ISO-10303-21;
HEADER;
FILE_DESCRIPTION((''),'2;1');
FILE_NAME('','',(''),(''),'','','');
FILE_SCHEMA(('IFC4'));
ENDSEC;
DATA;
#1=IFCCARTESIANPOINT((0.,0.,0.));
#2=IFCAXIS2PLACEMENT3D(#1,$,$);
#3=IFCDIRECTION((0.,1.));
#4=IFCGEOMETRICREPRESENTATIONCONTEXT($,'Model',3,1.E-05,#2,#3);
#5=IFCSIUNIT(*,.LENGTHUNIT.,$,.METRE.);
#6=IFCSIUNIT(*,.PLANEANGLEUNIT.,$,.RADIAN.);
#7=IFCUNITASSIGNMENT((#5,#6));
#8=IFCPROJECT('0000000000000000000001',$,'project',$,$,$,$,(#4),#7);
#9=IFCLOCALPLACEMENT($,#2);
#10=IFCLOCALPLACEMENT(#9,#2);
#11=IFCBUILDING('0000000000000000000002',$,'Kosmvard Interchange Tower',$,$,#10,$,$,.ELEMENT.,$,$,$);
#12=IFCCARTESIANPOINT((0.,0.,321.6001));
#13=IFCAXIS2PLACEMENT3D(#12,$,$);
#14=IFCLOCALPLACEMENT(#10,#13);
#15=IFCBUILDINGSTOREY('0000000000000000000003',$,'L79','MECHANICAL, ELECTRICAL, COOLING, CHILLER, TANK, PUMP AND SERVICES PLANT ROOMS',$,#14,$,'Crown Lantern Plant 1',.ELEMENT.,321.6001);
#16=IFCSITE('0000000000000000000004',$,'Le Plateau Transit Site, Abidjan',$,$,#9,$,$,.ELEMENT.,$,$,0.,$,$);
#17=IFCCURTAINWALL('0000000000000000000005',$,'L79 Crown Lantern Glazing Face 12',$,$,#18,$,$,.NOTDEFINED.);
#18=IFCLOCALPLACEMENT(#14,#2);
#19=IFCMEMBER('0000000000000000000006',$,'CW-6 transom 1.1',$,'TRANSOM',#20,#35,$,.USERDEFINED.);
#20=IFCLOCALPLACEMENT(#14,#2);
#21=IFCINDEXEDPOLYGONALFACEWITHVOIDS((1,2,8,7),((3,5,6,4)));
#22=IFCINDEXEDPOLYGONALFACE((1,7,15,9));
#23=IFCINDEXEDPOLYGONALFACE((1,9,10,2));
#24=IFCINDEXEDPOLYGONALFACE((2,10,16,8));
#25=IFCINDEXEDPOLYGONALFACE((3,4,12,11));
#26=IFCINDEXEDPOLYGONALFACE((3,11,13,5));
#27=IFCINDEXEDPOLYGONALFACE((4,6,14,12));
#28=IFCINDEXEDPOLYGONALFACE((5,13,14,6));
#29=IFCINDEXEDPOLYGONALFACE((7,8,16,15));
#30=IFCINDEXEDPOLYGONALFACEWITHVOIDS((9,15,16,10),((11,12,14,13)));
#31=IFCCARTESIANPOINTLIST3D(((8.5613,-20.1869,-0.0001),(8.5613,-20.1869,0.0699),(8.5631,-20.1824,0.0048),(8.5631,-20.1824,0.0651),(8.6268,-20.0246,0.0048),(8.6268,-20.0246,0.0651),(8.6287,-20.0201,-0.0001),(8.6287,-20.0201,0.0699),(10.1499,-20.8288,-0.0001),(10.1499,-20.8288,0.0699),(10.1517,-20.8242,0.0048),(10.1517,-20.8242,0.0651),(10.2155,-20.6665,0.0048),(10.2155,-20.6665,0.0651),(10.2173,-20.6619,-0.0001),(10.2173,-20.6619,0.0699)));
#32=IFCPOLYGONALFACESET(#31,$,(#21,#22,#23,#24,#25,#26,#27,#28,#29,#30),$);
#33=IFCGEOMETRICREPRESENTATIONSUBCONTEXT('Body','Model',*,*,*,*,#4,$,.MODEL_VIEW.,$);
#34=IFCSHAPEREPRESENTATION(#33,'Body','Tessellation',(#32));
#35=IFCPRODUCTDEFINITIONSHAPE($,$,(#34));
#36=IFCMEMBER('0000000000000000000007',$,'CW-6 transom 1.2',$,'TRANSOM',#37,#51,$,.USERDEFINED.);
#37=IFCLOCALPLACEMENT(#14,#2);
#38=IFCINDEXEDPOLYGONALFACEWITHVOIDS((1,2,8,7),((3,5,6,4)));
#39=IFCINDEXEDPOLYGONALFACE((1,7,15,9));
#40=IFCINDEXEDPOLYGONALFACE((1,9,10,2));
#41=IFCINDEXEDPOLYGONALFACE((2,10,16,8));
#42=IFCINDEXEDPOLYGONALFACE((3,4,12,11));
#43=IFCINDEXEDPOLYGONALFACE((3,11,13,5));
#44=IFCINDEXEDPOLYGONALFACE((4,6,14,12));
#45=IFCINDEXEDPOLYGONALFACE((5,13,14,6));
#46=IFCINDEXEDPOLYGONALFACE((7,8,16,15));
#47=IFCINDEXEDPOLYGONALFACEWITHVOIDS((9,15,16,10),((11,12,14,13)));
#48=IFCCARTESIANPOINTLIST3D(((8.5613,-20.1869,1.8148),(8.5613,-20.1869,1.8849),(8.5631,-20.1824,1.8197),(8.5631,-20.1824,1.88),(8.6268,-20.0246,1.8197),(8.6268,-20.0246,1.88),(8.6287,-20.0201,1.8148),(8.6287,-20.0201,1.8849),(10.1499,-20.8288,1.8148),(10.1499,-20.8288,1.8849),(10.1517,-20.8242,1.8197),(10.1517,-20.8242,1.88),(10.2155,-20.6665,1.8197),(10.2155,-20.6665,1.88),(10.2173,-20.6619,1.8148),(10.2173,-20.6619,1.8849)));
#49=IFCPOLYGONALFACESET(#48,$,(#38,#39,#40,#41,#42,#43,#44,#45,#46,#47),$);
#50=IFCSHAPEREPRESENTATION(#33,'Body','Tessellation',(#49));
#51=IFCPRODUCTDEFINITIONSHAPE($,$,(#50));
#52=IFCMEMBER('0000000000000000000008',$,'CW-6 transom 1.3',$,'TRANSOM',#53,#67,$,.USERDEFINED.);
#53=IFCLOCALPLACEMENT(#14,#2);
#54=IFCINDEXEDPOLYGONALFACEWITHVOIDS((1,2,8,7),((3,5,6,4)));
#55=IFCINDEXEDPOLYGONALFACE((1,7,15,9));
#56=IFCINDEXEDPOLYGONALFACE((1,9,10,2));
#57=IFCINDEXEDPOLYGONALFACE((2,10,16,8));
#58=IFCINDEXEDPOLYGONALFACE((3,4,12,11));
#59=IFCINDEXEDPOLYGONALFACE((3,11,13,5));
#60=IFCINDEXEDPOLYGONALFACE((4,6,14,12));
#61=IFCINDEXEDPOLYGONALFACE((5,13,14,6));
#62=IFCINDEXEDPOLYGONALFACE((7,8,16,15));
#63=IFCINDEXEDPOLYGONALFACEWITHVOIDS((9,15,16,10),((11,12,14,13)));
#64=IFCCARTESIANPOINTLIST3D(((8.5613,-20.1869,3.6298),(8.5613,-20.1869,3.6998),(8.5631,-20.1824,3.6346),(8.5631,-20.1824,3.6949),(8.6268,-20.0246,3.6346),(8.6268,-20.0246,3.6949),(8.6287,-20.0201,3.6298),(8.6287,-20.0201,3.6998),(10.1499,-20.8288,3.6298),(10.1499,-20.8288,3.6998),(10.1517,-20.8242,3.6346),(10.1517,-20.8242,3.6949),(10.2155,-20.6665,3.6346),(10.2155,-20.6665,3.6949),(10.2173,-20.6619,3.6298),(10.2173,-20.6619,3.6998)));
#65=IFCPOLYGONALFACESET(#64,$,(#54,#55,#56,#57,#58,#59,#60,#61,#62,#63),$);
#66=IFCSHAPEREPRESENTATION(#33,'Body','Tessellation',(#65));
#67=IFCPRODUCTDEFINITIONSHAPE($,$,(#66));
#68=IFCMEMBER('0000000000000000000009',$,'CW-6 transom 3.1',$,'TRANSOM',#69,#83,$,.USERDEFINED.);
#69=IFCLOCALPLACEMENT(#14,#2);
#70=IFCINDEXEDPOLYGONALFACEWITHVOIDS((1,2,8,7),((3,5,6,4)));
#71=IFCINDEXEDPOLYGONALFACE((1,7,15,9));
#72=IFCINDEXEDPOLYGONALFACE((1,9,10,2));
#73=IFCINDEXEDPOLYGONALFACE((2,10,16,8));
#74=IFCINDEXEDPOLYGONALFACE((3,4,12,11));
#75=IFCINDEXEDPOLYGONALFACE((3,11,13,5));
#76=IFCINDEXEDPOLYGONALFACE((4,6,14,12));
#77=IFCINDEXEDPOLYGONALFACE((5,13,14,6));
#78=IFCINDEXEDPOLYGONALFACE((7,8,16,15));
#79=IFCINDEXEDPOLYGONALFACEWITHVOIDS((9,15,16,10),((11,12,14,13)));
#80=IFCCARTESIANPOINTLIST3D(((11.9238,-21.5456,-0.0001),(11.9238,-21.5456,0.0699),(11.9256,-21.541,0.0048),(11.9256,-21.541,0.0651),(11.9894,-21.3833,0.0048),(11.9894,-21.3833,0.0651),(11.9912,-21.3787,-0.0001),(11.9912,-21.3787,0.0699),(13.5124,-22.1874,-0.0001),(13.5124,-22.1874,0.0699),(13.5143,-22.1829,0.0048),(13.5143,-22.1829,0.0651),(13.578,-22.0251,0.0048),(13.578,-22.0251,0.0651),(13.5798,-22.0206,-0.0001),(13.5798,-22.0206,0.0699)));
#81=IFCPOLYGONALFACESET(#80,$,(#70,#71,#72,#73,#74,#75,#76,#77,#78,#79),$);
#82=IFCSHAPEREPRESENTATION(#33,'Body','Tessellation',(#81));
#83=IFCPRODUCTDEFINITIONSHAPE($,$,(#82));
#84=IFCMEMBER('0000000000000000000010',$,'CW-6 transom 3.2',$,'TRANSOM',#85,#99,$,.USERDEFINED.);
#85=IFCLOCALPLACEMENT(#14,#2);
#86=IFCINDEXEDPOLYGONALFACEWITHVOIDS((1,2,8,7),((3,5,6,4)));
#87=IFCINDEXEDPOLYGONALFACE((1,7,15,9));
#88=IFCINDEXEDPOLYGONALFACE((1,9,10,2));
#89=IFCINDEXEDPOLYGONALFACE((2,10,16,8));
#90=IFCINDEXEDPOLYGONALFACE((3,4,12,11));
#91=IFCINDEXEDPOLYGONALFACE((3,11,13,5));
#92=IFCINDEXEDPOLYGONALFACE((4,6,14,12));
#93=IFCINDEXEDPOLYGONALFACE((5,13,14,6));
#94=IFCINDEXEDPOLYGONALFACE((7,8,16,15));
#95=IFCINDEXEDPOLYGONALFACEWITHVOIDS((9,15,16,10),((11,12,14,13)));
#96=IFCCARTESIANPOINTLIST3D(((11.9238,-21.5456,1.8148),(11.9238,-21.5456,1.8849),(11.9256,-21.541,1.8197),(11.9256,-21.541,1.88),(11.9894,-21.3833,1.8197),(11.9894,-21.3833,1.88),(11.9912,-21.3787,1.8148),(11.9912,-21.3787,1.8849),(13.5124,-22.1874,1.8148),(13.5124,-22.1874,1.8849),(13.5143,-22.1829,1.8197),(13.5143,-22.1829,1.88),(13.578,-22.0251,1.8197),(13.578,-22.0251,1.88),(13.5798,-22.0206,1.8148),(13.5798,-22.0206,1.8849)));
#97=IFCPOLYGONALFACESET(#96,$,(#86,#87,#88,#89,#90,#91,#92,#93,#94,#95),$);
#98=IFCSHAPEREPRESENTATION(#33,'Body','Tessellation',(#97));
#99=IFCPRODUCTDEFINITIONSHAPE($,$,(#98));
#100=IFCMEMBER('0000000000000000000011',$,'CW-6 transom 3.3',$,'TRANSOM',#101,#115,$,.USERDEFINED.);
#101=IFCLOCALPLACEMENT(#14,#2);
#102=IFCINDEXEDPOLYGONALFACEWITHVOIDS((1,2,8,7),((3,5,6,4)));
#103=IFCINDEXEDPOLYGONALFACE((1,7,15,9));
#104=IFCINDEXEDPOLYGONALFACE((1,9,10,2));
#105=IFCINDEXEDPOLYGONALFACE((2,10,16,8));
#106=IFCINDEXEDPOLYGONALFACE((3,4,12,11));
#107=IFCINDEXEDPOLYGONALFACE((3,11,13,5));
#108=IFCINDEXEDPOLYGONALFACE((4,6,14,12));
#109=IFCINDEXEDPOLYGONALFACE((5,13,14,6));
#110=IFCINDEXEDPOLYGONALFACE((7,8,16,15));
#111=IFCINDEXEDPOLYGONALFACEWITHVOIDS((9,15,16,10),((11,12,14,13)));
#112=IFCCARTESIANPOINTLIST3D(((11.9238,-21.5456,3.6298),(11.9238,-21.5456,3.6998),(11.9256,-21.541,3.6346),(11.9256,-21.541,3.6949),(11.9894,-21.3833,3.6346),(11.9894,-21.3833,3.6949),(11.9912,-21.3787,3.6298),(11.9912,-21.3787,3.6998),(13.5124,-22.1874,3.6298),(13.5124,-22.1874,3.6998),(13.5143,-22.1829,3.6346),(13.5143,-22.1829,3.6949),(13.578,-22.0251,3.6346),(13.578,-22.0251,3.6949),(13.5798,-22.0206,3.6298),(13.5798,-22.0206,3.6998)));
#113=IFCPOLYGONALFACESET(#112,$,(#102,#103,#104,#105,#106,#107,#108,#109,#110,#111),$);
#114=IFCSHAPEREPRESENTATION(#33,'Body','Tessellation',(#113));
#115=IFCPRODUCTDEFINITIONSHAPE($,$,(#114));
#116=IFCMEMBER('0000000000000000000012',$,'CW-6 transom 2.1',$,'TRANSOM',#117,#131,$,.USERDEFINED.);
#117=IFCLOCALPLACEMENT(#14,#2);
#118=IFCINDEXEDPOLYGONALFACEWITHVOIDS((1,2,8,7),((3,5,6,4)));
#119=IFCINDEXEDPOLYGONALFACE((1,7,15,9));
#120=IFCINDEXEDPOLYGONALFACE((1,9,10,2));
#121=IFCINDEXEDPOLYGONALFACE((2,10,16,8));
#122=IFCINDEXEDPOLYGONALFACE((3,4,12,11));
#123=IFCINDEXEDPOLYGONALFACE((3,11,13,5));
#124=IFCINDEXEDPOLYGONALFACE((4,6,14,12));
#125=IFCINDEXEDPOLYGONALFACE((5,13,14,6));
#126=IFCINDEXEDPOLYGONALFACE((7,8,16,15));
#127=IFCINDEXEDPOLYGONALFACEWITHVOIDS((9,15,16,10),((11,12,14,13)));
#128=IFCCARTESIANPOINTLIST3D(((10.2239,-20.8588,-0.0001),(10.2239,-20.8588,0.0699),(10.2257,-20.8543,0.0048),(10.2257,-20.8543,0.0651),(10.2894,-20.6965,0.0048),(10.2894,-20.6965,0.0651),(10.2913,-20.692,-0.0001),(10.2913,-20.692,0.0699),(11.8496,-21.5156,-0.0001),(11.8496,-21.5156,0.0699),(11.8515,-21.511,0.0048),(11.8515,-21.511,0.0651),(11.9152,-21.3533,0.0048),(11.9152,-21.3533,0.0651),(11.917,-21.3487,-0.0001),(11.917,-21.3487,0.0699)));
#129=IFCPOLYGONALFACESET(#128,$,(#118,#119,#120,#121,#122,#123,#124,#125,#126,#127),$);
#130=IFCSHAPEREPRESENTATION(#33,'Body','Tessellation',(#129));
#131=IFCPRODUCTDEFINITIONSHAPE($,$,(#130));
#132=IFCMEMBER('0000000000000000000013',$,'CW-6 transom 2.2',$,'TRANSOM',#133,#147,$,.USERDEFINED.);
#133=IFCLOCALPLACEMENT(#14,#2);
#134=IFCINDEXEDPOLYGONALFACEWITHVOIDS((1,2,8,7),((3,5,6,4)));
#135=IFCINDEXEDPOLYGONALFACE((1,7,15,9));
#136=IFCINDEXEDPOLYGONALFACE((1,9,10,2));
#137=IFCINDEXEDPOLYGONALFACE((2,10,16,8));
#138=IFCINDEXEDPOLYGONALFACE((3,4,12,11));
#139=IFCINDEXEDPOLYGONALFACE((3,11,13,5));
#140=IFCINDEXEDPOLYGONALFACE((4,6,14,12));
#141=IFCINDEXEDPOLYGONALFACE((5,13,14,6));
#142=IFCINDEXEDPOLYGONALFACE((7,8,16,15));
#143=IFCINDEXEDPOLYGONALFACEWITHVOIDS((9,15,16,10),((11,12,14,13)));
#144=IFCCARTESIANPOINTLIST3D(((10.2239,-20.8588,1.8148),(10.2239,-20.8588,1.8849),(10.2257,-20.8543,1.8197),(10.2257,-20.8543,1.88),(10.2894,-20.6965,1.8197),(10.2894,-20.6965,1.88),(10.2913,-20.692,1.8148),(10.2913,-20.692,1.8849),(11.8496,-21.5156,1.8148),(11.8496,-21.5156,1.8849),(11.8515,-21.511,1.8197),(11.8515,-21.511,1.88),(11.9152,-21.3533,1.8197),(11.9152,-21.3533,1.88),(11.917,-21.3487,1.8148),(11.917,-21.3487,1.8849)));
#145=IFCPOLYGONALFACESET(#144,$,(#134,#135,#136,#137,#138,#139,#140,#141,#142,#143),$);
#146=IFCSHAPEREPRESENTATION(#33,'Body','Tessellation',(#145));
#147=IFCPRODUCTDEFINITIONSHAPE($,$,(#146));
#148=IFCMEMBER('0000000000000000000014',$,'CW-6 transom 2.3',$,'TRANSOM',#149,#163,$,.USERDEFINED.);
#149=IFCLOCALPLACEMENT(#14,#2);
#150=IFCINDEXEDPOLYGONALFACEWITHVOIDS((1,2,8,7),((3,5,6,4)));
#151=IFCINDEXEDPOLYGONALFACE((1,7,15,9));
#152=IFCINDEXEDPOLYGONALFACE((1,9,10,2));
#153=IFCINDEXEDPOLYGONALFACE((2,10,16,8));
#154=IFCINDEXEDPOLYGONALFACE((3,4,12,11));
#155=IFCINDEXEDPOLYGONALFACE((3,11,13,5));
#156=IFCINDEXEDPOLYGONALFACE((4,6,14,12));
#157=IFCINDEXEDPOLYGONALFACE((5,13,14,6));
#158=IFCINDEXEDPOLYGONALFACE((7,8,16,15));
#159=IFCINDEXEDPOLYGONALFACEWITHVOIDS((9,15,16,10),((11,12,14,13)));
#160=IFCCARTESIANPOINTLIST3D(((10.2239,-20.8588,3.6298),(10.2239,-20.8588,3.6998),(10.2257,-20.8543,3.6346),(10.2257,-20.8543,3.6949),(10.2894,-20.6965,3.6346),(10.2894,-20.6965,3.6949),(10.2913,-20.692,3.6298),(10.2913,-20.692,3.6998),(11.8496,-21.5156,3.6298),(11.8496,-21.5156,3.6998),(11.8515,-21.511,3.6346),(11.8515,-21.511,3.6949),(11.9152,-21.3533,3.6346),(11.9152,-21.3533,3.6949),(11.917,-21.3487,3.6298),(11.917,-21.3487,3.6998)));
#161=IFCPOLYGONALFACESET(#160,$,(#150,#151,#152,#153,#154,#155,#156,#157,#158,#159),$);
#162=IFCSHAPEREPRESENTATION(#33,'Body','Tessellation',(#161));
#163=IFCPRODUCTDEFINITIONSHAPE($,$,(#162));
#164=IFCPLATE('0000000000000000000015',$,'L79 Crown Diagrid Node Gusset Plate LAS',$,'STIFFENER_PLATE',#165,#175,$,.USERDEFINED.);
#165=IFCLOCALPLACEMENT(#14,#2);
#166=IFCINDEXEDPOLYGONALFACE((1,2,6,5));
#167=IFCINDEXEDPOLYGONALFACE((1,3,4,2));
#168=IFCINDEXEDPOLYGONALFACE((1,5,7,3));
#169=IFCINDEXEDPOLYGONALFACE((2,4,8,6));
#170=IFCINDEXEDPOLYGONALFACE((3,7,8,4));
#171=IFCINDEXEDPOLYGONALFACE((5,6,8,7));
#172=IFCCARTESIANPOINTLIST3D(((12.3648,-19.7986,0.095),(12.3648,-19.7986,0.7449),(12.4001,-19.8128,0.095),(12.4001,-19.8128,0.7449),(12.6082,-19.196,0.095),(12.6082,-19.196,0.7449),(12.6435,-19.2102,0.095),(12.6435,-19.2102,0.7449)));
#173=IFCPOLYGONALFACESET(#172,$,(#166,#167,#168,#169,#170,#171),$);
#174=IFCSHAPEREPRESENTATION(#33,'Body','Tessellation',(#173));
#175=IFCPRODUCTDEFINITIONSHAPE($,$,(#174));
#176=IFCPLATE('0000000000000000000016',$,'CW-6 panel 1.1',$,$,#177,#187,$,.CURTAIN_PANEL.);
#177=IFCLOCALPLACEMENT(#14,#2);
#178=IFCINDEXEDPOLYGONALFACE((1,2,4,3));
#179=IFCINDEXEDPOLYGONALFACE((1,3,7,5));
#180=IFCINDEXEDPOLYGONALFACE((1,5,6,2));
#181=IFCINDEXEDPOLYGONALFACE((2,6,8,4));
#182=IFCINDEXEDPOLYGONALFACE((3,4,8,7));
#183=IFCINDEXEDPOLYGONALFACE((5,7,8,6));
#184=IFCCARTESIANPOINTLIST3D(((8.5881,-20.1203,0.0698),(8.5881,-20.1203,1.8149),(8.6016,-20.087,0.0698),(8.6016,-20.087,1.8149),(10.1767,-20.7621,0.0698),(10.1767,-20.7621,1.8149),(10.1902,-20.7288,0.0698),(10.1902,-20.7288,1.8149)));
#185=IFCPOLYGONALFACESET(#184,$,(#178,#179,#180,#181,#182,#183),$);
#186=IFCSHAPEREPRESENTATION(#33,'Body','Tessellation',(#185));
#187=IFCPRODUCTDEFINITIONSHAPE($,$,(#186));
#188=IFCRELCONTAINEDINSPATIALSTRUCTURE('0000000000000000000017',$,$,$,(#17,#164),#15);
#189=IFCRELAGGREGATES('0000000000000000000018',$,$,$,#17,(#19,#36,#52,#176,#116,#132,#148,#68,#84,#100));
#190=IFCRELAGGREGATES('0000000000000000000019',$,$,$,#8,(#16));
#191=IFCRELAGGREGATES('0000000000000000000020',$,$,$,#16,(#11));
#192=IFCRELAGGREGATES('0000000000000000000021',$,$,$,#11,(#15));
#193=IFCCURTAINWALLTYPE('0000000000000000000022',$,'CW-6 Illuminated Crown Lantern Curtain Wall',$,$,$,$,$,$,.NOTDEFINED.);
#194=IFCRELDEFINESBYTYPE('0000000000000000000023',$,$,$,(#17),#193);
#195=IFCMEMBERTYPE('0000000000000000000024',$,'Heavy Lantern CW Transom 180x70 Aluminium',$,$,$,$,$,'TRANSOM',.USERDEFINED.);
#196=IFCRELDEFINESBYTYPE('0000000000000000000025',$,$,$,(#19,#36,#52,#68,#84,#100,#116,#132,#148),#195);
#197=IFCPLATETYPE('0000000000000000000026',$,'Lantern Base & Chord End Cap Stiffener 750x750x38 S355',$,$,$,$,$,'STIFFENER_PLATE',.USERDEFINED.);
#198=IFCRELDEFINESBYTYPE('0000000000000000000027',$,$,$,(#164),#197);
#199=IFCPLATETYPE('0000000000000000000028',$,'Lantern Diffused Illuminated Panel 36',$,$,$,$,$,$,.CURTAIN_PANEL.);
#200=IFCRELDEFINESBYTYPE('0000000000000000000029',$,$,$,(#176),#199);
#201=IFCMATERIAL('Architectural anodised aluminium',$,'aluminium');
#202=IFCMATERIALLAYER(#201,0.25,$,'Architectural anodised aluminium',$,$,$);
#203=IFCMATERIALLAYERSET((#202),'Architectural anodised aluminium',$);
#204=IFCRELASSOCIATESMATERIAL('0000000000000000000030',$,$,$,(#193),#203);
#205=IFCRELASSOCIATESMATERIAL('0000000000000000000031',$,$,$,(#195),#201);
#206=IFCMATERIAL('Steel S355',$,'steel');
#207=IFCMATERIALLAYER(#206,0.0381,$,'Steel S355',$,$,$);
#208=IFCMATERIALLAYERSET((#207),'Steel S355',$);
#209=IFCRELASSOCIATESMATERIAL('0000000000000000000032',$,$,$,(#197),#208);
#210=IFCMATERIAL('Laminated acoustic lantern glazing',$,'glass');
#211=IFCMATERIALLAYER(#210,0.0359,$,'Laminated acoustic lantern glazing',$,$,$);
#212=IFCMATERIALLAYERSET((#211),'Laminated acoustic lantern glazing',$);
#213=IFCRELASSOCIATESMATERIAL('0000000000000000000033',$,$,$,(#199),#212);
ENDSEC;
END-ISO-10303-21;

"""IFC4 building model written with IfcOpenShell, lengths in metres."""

from ifc_helpers import new_model, si_unit, direction, frame, origin, origin_2d, place, context, subcontext, project, spatial, rectangle, hollow_rectangle, extrude, source, transform, mapped, material, layer, layer_set, material_profile, profile_set, type_object, element, aggregate, save


model = new_model("IFC4")

# Units and contexts
model_context = context("Model", 3, precision=1e-05, world=origin(), true_north=direction((0.0, 1.0)))
body_context = subcontext(model_context, "Body", "Model", "MODEL_VIEW")
ifc_project = project(units=[si_unit("LENGTHUNIT", "METRE"), si_unit("PLANEANGLEUNIT", "RADIAN")], contexts=[model_context])

# Site, building, storey
site_placement = place(None, origin())
site = spatial("IfcSite", under=ifc_project, at=site_placement, Name="Le Plateau Transit Site, Abidjan", CompositionType="ELEMENT", RefElevation=0.0)
building_placement = place(site_placement, origin())
building = spatial("IfcBuilding", under=site, at=building_placement, Name="Kosmvard Interchange Tower", CompositionType="ELEMENT")
storey_placement = place(building_placement, frame((0.0, 0.0, 321.6001)))
storey = spatial("IfcBuildingStorey", under=building, at=storey_placement, Name="L79", Description="MECHANICAL, ELECTRICAL, COOLING, CHILLER, TANK, PUMP AND SERVICES PLANT ROOMS", LongName="Crown Lantern Plant 1", CompositionType="ELEMENT", Elevation=321.6001)

# Shared definitions
ifc_material_1 = material(Name="Steel S355", Category="steel")

# Curtain wall, members
ifc_material_2 = material(Name="Architectural anodised aluminium", Category="aluminium")
ifc_layer_1 = layer(ifc_material_2, 0.25, Name="Architectural anodised aluminium")
ifc_layer_set_1 = layer_set([ifc_layer_1], Name="Architectural anodised aluminium")
curtain_wall_type = type_object("IfcCurtainWallType", Name="CW-6 Illuminated Crown Lantern Curtain Wall", PredefinedType="NOTDEFINED", material=ifc_layer_set_1)
curtain_wall_placement = place(storey_placement, origin())
curtain_wall = element("IfcCurtainWall", 1, at=curtain_wall_placement, inside=storey, type_object=curtain_wall_type, Name="L79 Crown Lantern Glazing Face 12", PredefinedType="NOTDEFINED")
ifc_material_profile_1 = material_profile(ifc_material_2, hollow_rectangle(XDim=0.1799, YDim=0.0701, WallThickness=0.0049, at=origin_2d()), Name="CWT 180x70x5")
ifc_profile_set_1 = profile_set([ifc_material_profile_1], Name="Architectural anodised aluminium")
member_type_1 = type_object("IfcMemberType", Name="Heavy Lantern CW Transom 180x70 Aluminium", ElementType="TRANSOM", PredefinedType="USERDEFINED", material=ifc_profile_set_1)
shared_shape_1 = source(origin(), body_context, "Body", "SweptSolid", [
    extrude(hollow_rectangle(XDim=0.1799, YDim=0.0701, WallThickness=0.0049, at=origin_2d()), origin(), (0.0, 0.0, 1.0), 1.7134),
])
member_1_placement = place(storey_placement, frame((8.595, -20.1035, 0.0349), z_axis=(0.927184, -0.374607, 0.0), x_axis=(0.374607, 0.927184, 0.0)))
member_1 = element("IfcMember", 2, at=member_1_placement, type_object=member_type_1, Name="CW-6 transom 1.1", ObjectType="TRANSOM", PredefinedType="USERDEFINED", context=body_context, shape_type="MappedRepresentation", body=[
    mapped(shared_shape_1, transform((0.0, 0.0, 0.0), scale=1.0)),
])
member_2_placement = place(storey_placement, frame((8.595, -20.1035, 1.8499), z_axis=(0.927184, -0.374607, 0.0), x_axis=(0.374607, 0.927184, 0.0)))
member_2 = element("IfcMember", 3, at=member_2_placement, type_object=member_type_1, Name="CW-6 transom 1.2", ObjectType="TRANSOM", PredefinedType="USERDEFINED", context=body_context, shape_type="MappedRepresentation", body=[
    mapped(shared_shape_1, transform((0.0, 0.0, 0.0), scale=1.0)),
])
member_3_placement = place(storey_placement, frame((8.595, -20.1035, 3.6648), z_axis=(0.927184, -0.374607, 0.0), x_axis=(0.374607, 0.927184, 0.0)))
member_3 = element("IfcMember", 4, at=member_3_placement, type_object=member_type_1, Name="CW-6 transom 1.3", ObjectType="TRANSOM", PredefinedType="USERDEFINED", context=body_context, shape_type="MappedRepresentation", body=[
    mapped(shared_shape_1, transform((0.0, 0.0, 0.0), scale=1.0)),
])
member_4_placement = place(storey_placement, frame((11.9575, -21.4622, 0.0349), z_axis=(0.927184, -0.374607, 0.0), x_axis=(0.374607, 0.927184, 0.0)))
member_4 = element("IfcMember", 5, at=member_4_placement, type_object=member_type_1, Name="CW-6 transom 3.1", ObjectType="TRANSOM", PredefinedType="USERDEFINED", context=body_context, shape_type="MappedRepresentation", body=[
    mapped(shared_shape_1, transform((0.0, 0.0, 0.0), scale=1.0)),
])
member_5_placement = place(storey_placement, frame((11.9575, -21.4622, 1.8499), z_axis=(0.927184, -0.374607, 0.0), x_axis=(0.374607, 0.927184, 0.0)))
member_5 = element("IfcMember", 6, at=member_5_placement, type_object=member_type_1, Name="CW-6 transom 3.2", ObjectType="TRANSOM", PredefinedType="USERDEFINED", context=body_context, shape_type="MappedRepresentation", body=[
    mapped(shared_shape_1, transform((0.0, 0.0, 0.0), scale=1.0)),
])
member_6_placement = place(storey_placement, frame((11.9575, -21.4622, 3.6648), z_axis=(0.927184, -0.374607, 0.0), x_axis=(0.374607, 0.927184, 0.0)))
member_6 = element("IfcMember", 7, at=member_6_placement, type_object=member_type_1, Name="CW-6 transom 3.3", ObjectType="TRANSOM", PredefinedType="USERDEFINED", context=body_context, shape_type="MappedRepresentation", body=[
    mapped(shared_shape_1, transform((0.0, 0.0, 0.0), scale=1.0)),
])
shared_shape_2 = source(origin(), body_context, "Body", "SweptSolid", [
    extrude(hollow_rectangle(XDim=0.1799, YDim=0.0701, WallThickness=0.0049, at=origin_2d()), origin(), (0.0, 0.0, 1.0), 1.7534),
])
member_7_placement = place(storey_placement, frame((10.2576, -20.7754, 0.0349), z_axis=(0.927204, -0.374557, 0.0), x_axis=(0.374557, 0.927204, 0.0)))
member_7 = element("IfcMember", 8, at=member_7_placement, type_object=member_type_1, Name="CW-6 transom 2.1", ObjectType="TRANSOM", PredefinedType="USERDEFINED", context=body_context, shape_type="MappedRepresentation", body=[
    mapped(shared_shape_2, transform((0.0, 0.0, 0.0), scale=1.0)),
])
member_8_placement = place(storey_placement, frame((10.2576, -20.7754, 1.8499), z_axis=(0.927204, -0.374557, 0.0), x_axis=(0.374557, 0.927204, 0.0)))
member_8 = element("IfcMember", 9, at=member_8_placement, type_object=member_type_1, Name="CW-6 transom 2.2", ObjectType="TRANSOM", PredefinedType="USERDEFINED", context=body_context, shape_type="MappedRepresentation", body=[
    mapped(shared_shape_2, transform((0.0, 0.0, 0.0), scale=1.0)),
])
member_9_placement = place(storey_placement, frame((10.2576, -20.7754, 3.6648), z_axis=(0.927204, -0.374557, 0.0), x_axis=(0.374557, 0.927204, 0.0)))
member_9 = element("IfcMember", 10, at=member_9_placement, type_object=member_type_1, Name="CW-6 transom 2.3", ObjectType="TRANSOM", PredefinedType="USERDEFINED", context=body_context, shape_type="MappedRepresentation", body=[
    mapped(shared_shape_2, transform((0.0, 0.0, 0.0), scale=1.0)),
])

# Plates
ifc_layer_2 = layer(ifc_material_1, 0.0381, Name="Steel S355")
ifc_layer_set_2 = layer_set([ifc_layer_2], Name="Steel S355")
plate_type_1 = type_object("IfcPlateType", Name="Lantern Base & Chord End Cap Stiffener 750x750x38 S355", ElementType="STIFFENER_PLATE", PredefinedType="USERDEFINED", material=ifc_layer_set_2)
shared_shape_3 = source(origin(), body_context, "Body", "SweptSolid", [
    extrude(rectangle(XDim=0.6499, YDim=0.0381, at=origin_2d()), origin(), (0.0, 0.0, 1.0), 0.6499),
])
plate_1_placement = place(storey_placement, frame((12.5042, -19.5044, 0.095), z_axis=(0.0, 0.0, 1.0), x_axis=(0.374607, 0.927184, 0.0)))
element("IfcPlate", 11, at=plate_1_placement, inside=storey, type_object=plate_type_1, Name="L79 Crown Diagrid Node Gusset Plate LAS", ObjectType="STIFFENER_PLATE", PredefinedType="USERDEFINED", context=body_context, shape_type="MappedRepresentation", body=[
    mapped(shared_shape_3, transform((0.0, 0.0, 0.0), scale=1.0)),
])
ifc_material_3 = material(Name="Laminated acoustic lantern glazing", Category="glass")
ifc_layer_3 = layer(ifc_material_3, 0.0359, Name="Laminated acoustic lantern glazing")
ifc_layer_set_3 = layer_set([ifc_layer_3], Name="Laminated acoustic lantern glazing")
plate_type_2 = type_object("IfcPlateType", Name="Lantern Diffused Illuminated Panel 36", PredefinedType="CURTAIN_PANEL", material=ifc_layer_set_3)
shared_shape_4 = source(origin(), body_context, "Body", "SweptSolid", [
    extrude(rectangle(XDim=1.7134, YDim=0.0359, at=origin_2d()), origin(), (0.0, 0.0, 1.0), 1.7451),
])
plate_2_placement = place(storey_placement, frame((9.3892, -20.4246, 0.0698), z_axis=(0.0, 0.0, 1.0), x_axis=(0.927184, -0.374607, 0.0)))
plate_2 = element("IfcPlate", 12, at=plate_2_placement, type_object=plate_type_2, Name="CW-6 panel 1.1", PredefinedType="CURTAIN_PANEL", context=body_context, shape_type="MappedRepresentation", body=[
    mapped(shared_shape_4, transform((0.0, 0.0, 0.0), scale=1.0)),
])
aggregate(curtain_wall, [member_1, member_2, member_3, plate_2, member_7, member_8, member_9, member_4, member_5, member_6])

save(model, "model.ifc")
